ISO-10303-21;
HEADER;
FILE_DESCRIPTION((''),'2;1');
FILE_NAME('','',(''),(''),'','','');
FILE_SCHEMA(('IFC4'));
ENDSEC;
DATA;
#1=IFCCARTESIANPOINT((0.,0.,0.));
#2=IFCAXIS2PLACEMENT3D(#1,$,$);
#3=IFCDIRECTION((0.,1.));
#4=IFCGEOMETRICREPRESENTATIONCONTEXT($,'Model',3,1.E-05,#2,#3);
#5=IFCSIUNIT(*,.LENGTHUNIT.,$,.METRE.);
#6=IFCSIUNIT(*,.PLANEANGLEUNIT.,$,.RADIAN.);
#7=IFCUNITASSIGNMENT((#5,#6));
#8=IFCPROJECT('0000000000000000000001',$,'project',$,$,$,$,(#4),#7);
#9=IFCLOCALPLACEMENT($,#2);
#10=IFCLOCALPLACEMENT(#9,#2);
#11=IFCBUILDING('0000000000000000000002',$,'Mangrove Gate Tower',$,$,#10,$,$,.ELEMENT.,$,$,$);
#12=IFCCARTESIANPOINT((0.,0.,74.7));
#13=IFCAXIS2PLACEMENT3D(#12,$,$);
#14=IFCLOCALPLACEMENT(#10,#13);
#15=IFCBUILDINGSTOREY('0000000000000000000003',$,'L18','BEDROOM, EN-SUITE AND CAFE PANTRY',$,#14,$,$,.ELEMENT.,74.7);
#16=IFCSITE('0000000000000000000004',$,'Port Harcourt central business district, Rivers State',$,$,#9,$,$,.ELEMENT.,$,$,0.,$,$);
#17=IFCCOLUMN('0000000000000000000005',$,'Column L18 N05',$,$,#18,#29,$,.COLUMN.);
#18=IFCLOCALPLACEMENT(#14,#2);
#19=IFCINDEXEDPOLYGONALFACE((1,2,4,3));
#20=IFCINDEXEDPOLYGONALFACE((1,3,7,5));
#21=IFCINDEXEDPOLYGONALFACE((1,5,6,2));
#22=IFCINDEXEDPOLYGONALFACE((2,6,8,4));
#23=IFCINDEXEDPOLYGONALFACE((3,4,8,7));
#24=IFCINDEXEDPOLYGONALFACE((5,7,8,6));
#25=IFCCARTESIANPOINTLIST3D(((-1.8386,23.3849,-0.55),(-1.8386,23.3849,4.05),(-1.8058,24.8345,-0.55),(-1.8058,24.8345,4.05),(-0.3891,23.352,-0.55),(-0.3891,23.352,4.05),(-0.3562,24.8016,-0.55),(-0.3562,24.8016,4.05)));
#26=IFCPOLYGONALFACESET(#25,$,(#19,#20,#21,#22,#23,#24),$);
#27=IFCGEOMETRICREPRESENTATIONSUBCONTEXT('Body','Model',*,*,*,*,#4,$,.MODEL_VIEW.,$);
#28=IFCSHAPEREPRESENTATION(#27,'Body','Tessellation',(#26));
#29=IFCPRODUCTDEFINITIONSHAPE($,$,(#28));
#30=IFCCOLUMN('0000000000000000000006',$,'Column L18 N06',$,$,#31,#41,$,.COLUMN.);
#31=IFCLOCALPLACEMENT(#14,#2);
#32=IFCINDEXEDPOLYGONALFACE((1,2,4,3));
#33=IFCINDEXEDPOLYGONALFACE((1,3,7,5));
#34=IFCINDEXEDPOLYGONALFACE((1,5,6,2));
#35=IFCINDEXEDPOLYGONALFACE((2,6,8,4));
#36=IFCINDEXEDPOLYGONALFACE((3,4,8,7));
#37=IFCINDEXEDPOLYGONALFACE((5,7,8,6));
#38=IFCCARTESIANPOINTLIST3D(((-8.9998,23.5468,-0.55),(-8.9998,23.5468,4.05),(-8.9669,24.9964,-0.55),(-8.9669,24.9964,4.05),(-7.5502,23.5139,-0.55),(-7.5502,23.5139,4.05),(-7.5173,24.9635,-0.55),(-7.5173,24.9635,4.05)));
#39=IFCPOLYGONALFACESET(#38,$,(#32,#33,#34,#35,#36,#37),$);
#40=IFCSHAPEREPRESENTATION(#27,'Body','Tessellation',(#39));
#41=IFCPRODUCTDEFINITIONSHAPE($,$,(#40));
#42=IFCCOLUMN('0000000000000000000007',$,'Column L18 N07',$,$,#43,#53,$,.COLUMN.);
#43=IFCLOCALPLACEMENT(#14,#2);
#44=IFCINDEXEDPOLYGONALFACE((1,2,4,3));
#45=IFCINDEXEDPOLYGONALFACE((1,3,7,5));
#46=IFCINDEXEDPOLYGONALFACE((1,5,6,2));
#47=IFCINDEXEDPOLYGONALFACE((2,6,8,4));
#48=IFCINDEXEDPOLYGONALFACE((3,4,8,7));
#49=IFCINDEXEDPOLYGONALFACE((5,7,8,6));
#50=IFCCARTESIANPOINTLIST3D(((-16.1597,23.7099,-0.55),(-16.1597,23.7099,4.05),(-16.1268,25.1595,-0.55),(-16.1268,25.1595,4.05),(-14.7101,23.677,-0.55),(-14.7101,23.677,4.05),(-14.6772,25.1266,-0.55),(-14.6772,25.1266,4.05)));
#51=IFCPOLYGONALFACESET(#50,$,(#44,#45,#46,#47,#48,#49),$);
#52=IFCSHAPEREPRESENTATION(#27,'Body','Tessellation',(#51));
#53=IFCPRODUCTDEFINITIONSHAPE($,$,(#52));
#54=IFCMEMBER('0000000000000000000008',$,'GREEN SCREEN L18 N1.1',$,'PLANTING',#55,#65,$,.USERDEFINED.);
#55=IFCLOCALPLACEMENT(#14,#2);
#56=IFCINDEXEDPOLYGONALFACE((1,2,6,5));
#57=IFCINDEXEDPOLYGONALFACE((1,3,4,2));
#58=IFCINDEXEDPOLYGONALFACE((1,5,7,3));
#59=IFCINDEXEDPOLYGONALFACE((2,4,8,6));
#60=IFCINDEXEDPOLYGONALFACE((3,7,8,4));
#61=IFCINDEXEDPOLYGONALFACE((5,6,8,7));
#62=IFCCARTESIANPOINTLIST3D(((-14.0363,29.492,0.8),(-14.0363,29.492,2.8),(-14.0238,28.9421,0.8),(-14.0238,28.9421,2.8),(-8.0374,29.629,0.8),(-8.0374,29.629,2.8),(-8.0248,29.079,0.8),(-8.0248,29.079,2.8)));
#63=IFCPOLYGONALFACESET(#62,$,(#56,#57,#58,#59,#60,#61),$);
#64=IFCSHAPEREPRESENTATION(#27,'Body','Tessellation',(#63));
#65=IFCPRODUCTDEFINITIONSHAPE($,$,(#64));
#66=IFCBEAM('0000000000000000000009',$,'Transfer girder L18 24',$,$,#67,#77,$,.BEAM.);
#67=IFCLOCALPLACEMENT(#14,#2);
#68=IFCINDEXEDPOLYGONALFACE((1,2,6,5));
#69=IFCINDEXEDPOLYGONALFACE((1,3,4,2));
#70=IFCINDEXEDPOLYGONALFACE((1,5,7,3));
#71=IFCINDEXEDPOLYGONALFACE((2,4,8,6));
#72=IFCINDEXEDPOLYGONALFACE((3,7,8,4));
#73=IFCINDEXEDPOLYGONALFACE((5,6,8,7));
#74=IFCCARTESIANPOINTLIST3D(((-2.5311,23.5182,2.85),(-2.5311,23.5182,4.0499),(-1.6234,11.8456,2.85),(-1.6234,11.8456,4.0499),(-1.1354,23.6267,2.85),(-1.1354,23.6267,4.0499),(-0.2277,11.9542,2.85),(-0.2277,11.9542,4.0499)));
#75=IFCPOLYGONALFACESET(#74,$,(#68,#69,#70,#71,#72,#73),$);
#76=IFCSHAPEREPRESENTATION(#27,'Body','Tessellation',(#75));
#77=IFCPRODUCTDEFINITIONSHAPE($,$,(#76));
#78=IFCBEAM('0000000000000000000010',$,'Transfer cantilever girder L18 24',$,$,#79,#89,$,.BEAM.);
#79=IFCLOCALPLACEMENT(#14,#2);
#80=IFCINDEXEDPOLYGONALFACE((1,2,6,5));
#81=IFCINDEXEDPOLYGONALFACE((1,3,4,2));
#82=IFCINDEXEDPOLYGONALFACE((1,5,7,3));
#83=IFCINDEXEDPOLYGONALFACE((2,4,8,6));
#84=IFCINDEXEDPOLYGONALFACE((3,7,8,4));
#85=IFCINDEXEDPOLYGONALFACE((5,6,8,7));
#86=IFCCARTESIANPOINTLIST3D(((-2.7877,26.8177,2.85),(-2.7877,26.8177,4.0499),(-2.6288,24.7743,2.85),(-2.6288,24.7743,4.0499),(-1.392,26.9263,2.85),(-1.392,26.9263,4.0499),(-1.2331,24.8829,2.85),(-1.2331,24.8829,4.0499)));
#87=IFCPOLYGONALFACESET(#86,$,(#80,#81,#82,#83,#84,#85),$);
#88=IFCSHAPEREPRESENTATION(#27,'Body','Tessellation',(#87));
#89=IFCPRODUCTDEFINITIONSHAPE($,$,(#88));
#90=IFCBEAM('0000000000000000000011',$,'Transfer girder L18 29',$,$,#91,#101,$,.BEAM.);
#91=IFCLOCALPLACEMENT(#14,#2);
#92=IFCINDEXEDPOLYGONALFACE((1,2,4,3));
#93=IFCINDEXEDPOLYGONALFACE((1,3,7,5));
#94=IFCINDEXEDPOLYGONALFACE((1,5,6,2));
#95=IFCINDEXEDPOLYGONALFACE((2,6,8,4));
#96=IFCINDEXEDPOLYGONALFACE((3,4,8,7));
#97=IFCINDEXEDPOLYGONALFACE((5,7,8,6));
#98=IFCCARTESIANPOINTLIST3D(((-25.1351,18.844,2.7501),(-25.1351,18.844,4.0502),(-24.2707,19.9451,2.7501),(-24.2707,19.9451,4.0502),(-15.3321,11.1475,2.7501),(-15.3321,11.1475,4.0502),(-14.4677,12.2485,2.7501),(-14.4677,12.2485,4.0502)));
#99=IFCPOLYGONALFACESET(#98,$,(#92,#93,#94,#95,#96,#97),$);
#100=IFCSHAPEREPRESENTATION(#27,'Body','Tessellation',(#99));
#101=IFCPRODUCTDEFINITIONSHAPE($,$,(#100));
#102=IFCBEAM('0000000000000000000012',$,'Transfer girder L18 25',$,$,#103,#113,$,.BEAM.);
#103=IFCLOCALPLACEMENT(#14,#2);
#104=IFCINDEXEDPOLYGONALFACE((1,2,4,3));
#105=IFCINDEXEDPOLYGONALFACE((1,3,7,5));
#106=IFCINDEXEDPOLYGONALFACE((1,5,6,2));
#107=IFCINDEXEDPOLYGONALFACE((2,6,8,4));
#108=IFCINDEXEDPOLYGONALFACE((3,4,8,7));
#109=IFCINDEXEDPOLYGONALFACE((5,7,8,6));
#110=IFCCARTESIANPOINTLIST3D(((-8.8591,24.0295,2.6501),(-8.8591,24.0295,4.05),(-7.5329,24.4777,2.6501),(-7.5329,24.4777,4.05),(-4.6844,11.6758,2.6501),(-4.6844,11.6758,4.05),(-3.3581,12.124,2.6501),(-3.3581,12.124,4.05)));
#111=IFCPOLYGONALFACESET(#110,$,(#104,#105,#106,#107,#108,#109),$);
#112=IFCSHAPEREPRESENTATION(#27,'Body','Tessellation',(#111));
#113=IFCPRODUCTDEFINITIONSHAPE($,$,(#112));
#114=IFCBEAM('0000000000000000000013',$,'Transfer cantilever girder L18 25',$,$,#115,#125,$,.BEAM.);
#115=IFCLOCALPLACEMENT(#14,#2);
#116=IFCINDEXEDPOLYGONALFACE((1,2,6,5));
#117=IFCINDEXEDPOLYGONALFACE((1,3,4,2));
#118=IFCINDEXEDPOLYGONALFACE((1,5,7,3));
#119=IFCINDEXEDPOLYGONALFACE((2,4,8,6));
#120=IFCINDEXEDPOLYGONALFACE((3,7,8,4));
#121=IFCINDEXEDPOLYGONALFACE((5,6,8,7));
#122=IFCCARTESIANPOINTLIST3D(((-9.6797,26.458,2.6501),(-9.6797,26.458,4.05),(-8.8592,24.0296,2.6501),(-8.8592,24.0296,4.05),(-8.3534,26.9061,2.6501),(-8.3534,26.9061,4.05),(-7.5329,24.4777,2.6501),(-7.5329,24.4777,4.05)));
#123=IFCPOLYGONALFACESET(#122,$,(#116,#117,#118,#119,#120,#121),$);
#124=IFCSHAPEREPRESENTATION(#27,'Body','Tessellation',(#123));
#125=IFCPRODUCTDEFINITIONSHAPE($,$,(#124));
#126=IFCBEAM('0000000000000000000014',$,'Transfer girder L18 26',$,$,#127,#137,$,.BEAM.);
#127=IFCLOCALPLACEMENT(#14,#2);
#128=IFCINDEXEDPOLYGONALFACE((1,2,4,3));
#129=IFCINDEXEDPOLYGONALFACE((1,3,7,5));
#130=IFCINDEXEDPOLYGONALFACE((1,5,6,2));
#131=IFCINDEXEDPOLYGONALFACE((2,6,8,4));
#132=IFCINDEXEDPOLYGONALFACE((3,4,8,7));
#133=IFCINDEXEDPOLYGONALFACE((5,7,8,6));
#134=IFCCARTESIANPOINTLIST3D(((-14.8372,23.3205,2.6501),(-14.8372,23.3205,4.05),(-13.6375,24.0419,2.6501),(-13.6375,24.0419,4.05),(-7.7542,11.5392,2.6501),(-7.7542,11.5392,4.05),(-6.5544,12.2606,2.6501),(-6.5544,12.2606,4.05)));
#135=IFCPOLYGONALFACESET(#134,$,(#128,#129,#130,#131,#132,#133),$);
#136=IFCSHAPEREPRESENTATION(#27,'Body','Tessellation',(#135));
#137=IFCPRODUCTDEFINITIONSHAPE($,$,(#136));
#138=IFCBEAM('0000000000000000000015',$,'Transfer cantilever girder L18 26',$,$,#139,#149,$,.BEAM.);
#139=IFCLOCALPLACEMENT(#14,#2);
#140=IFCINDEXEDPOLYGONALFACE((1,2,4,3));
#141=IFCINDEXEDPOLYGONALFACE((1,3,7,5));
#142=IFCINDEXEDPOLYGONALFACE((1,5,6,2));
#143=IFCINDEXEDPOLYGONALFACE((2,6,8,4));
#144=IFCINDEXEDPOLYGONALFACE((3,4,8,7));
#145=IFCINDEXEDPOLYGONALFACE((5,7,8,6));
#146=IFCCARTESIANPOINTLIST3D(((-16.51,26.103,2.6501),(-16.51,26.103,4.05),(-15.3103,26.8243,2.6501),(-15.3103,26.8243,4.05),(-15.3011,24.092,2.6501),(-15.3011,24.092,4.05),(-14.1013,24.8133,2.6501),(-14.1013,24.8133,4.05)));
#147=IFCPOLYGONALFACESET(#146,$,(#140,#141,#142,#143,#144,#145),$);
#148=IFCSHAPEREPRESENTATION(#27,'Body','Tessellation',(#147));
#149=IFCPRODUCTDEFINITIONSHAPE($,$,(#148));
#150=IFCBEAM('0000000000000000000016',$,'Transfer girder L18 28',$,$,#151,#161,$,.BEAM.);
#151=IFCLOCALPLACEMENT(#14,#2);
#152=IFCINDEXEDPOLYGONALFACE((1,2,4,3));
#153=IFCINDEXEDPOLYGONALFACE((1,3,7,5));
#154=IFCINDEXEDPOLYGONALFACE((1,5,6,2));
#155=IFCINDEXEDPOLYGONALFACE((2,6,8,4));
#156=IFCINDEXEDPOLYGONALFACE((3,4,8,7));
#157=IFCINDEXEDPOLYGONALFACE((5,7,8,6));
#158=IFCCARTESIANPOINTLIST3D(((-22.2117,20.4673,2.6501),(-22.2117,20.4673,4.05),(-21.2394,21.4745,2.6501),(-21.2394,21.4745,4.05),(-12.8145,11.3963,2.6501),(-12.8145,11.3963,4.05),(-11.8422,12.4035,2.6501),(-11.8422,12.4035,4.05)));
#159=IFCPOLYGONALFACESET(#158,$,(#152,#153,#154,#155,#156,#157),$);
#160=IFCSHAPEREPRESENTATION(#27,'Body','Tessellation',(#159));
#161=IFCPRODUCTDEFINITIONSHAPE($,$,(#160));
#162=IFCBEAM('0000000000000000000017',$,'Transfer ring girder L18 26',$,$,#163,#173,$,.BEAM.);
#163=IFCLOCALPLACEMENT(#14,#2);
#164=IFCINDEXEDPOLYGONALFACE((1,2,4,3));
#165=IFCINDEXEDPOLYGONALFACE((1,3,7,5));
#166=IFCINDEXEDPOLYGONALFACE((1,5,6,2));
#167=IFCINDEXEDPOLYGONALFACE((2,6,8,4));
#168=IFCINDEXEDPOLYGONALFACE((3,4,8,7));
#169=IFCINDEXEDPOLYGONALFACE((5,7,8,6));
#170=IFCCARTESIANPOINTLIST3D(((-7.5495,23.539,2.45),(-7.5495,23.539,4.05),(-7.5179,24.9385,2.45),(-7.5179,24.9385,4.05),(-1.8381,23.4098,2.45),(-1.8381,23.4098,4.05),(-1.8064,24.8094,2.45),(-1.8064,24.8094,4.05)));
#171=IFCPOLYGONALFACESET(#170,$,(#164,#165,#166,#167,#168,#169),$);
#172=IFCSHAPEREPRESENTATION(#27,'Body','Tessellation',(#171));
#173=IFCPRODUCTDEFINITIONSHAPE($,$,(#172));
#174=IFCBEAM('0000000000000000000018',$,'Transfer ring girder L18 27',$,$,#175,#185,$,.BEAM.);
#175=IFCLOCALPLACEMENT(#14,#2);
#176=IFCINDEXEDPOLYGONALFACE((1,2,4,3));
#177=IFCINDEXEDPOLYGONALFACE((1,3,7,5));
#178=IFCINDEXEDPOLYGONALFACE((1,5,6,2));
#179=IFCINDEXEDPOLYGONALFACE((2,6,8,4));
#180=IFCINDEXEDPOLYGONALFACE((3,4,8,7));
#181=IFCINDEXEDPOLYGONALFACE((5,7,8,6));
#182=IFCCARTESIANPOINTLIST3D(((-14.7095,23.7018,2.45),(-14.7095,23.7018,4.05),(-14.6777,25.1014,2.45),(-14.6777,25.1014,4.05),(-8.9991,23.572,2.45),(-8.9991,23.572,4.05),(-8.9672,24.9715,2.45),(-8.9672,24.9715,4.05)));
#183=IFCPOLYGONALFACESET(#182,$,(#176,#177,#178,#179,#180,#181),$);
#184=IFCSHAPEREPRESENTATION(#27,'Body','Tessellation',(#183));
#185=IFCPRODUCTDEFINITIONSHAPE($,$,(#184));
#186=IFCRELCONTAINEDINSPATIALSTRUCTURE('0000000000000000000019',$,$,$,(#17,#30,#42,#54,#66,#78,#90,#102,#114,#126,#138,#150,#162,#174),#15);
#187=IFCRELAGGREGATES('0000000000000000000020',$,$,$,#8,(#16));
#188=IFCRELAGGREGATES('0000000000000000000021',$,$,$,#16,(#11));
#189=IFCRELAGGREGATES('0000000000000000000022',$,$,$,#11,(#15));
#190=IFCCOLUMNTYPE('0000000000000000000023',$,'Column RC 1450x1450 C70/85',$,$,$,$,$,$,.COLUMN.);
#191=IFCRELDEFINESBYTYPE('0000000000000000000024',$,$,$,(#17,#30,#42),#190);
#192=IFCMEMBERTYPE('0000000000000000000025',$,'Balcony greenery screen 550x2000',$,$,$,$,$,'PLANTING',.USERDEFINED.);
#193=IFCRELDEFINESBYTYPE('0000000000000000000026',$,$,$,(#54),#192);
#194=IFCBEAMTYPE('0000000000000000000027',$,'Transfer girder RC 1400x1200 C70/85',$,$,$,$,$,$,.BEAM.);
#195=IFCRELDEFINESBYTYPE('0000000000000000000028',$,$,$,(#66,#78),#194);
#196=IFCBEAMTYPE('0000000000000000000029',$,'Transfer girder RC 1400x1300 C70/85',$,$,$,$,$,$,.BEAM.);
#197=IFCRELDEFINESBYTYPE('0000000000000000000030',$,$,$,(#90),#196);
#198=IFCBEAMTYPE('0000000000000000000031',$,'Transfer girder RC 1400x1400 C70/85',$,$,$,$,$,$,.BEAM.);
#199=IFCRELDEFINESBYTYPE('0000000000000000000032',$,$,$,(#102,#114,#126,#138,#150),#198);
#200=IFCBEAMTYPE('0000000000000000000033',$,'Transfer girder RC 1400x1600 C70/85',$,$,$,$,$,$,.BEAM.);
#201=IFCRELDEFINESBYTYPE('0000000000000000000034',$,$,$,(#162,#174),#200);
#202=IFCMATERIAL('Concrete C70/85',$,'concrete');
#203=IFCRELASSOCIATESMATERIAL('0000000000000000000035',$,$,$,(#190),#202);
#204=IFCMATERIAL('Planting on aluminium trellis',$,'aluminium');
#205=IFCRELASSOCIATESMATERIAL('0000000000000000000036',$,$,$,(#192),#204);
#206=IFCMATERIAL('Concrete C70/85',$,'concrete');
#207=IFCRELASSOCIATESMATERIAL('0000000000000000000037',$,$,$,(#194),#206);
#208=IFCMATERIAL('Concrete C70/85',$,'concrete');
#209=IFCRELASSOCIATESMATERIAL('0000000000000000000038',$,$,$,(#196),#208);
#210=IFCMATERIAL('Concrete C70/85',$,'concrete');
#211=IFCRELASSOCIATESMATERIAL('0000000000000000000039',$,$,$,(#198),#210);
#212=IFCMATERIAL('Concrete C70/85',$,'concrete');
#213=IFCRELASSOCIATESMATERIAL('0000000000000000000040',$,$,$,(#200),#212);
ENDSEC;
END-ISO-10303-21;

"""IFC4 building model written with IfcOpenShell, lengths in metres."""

from ifc_helpers import new_model, si_unit, direction, frame, origin, origin_2d, place, context, subcontext, project, spatial, rectangle, extrude, material, material_profile, profile_set, type_object, element, save


model = new_model("IFC4")

# Units and contexts
model_context = context("Model", 3, precision=1e-05, world=origin(), true_north=direction((0.0, 1.0)))
body_context = subcontext(model_context, "Body", "Model", "MODEL_VIEW")
ifc_project = project(units=[si_unit("LENGTHUNIT", "METRE"), si_unit("PLANEANGLEUNIT", "RADIAN")], contexts=[model_context])

# Site, building, storey
site_placement = place(None, origin())
site = spatial("IfcSite", under=ifc_project, at=site_placement, Name="Port Harcourt central business district, Rivers State", CompositionType="ELEMENT", RefElevation=0.0)
building_placement = place(site_placement, origin())
building = spatial("IfcBuilding", under=site, at=building_placement, Name="Mangrove Gate Tower", CompositionType="ELEMENT")
storey_placement = place(building_placement, frame((0.0, 0.0, 74.7)))
storey = spatial("IfcBuildingStorey", under=building, at=storey_placement, Name="L18", Description="BEDROOM, EN-SUITE AND CAFE PANTRY", CompositionType="ELEMENT", Elevation=74.7)

# Columns
ifc_material_1 = material(Name="Concrete C70/85", Category="concrete")
ifc_material_profile_1 = material_profile(ifc_material_1, rectangle(XDim=1.45, YDim=1.45, at=origin_2d()))
ifc_profile_set_1 = profile_set([ifc_material_profile_1], Name="Concrete C70/85")
column_type = type_object("IfcColumnType", Name="Column RC 1450x1450 C70/85", PredefinedType="COLUMN", material=ifc_profile_set_1)
for number, where, z_axis, x_axis, name in (
    (1, (-1.0974, 24.0933, -0.55), (0.0, 0.0, 1.0), (-0.999743, 0.022688, 0.0), "Column L18 N05"),
    (2, (-8.2585, 24.2551, -0.55), (0.0, 0.0, 1.0), (-0.999743, 0.022688, 0.0), "Column L18 N06"),
    (3, (-15.4185, 24.4182, -0.55), (0.0, 0.0, 1.0), (-0.999743, 0.022688, 0.0), "Column L18 N07"),
):
    element("IfcColumn", number, at=place(storey_placement, frame(where, z_axis=z_axis, x_axis=x_axis)), inside=storey, type_object=column_type, Name=name, PredefinedType="COLUMN", context=body_context, shape_type="SweptSolid", body=[
        extrude(rectangle(XDim=1.45, YDim=1.45, at=origin_2d()), origin(), (0.0, 0.0, 1.0), 4.6001),
    ])

# Member
ifc_material_2 = material(Name="Planting on aluminium trellis", Category="aluminium")
ifc_material_profile_2 = material_profile(ifc_material_2, rectangle(XDim=0.55, YDim=2.0, at=origin_2d()))
ifc_profile_set_2 = profile_set([ifc_material_profile_2], Name="Planting on aluminium trellis")
member_type = type_object("IfcMemberType", Name="Balcony greenery screen 550x2000", ElementType="PLANTING", PredefinedType="USERDEFINED", material=ifc_profile_set_2)
member_placement = place(storey_placement, frame((-14.03, 29.217, 1.8), z_axis=(0.999739, 0.022825, 0.0), x_axis=(-0.022825, 0.999739, 0.0)))
element("IfcMember", 4, at=member_placement, inside=storey, type_object=member_type, Name="GREEN SCREEN L18 N1.1", ObjectType="PLANTING", PredefinedType="USERDEFINED", context=body_context, shape_type="SweptSolid", body=[
    extrude(rectangle(XDim=0.55, YDim=2.0, at=origin_2d()), origin(), (0.0, 0.0, 1.0), 6.0005),
])

# Beams
ifc_material_3 = material(Name="Concrete C70/85", Category="concrete")
ifc_material_profile_3 = material_profile(ifc_material_3, rectangle(XDim=1.3999, YDim=1.2, at=origin_2d()))
ifc_profile_set_3 = profile_set([ifc_material_profile_3], Name="Concrete C70/85")
beam_type_1 = type_object("IfcBeamType", Name="Transfer girder RC 1400x1200 C70/85", PredefinedType="BEAM", material=ifc_profile_set_3)
beam_1_placement = place(storey_placement, frame((-0.9255, 11.8999, 3.45), z_axis=(-0.07753, 0.99699, 0.0), x_axis=(-0.99699, -0.07753, 0.0)))
element("IfcBeam", 5, at=beam_1_placement, inside=storey, type_object=beam_type_1, Name="Transfer girder L18 24", PredefinedType="BEAM", context=body_context, shape_type="SweptSolid", body=[
    extrude(rectangle(XDim=1.3999, YDim=1.2, at=origin_2d()), origin(), (0.0, 0.0, 1.0), 11.7078),
])
beam_2_placement = place(storey_placement, frame((-1.9309, 24.8286, 3.45), z_axis=(-0.077544, 0.996989, 0.0), x_axis=(-0.996989, -0.077544, 0.0)))
element("IfcBeam", 6, at=beam_2_placement, inside=storey, type_object=beam_type_1, Name="Transfer cantilever girder L18 24", PredefinedType="BEAM", context=body_context, shape_type="SweptSolid", body=[
    extrude(rectangle(XDim=1.3999, YDim=1.2, at=origin_2d()), origin(), (0.0, 0.0, 1.0), 2.0496),
])
ifc_material_4 = material(Name="Concrete C70/85", Category="concrete")
ifc_material_profile_4 = material_profile(ifc_material_4, rectangle(XDim=1.3999, YDim=1.3, at=origin_2d()))
ifc_profile_set_4 = profile_set([ifc_material_profile_4], Name="Concrete C70/85")
beam_type_2 = type_object("IfcBeamType", Name="Transfer girder RC 1400x1300 C70/85", PredefinedType="BEAM", material=ifc_profile_set_4)
beam_3_placement = place(storey_placement, frame((-14.8999, 11.698, 3.4001), z_axis=(-0.786545, 0.617533, 0.0), x_axis=(-0.617533, -0.786545, 0.0)))
element("IfcBeam", 7, at=beam_3_placement, inside=storey, type_object=beam_type_2, Name="Transfer girder L18 29", PredefinedType="BEAM", context=body_context, shape_type="SweptSolid", body=[
    extrude(rectangle(XDim=1.3999, YDim=1.3, at=origin_2d()), origin(), (0.0, 0.0, 1.0), 12.4634),
])
ifc_material_5 = material(Name="Concrete C70/85", Category="concrete")
ifc_material_profile_5 = material_profile(ifc_material_5, rectangle(XDim=1.3999, YDim=1.3999, at=origin_2d()))
ifc_profile_set_5 = profile_set([ifc_material_profile_5], Name="Concrete C70/85")
beam_type_3 = type_object("IfcBeamType", Name="Transfer girder RC 1400x1400 C70/85", PredefinedType="BEAM", material=ifc_profile_set_5)
beam_4_placement = place(storey_placement, frame((-4.0212, 11.8999, 3.3501), z_axis=(-0.320151, 0.947366, 0.0), x_axis=(-0.947366, -0.320151, 0.0)))
element("IfcBeam", 8, at=beam_4_placement, inside=storey, type_object=beam_type_3, Name="Transfer girder L18 25", PredefinedType="BEAM", context=body_context, shape_type="SweptSolid", body=[
    extrude(rectangle(XDim=1.3999, YDim=1.3999, at=origin_2d()), origin(), (0.0, 0.0, 1.0), 13.04),
])
beam_5_placement = place(storey_placement, frame((-8.196, 24.2537, 3.3501), z_axis=(-0.320111, 0.94738, 0.0), x_axis=(-0.94738, -0.320111, 0.0)))
element("IfcBeam", 9, at=beam_5_placement, inside=storey, type_object=beam_type_3, Name="Transfer cantilever girder L18 25", PredefinedType="BEAM", context=body_context, shape_type="SweptSolid", body=[
    extrude(rectangle(XDim=1.3999, YDim=1.3999, at=origin_2d()), origin(), (0.0, 0.0, 1.0), 2.5632),
])
beam_6_placement = place(storey_placement, frame((-7.1543, 11.8999, 3.3501), z_axis=(-0.515258, 0.857035, 0.0), x_axis=(-0.857035, -0.515258, 0.0)))
element("IfcBeam", 10, at=beam_6_placement, inside=storey, type_object=beam_type_3, Name="Transfer girder L18 26", PredefinedType="BEAM", context=body_context, shape_type="SweptSolid", body=[
    extrude(rectangle(XDim=1.3999, YDim=1.3999, at=origin_2d()), origin(), (0.0, 0.0, 1.0), 13.7466),
])
beam_7_placement = place(storey_placement, frame((-14.7012, 24.4526, 3.3501), z_axis=(-0.515245, 0.857043, 0.0), x_axis=(-0.857043, -0.515245, 0.0)))
element("IfcBeam", 11, at=beam_7_placement, inside=storey, type_object=beam_type_3, Name="Transfer cantilever girder L18 26", PredefinedType="BEAM", context=body_context, shape_type="SweptSolid", body=[
    extrude(rectangle(XDim=1.3999, YDim=1.3999, at=origin_2d()), origin(), (0.0, 0.0, 1.0), 2.3464),
])
beam_8_placement = place(storey_placement, frame((-12.3284, 11.8999, 3.3501), z_axis=(-0.719483, 0.69451, 0.0), x_axis=(-0.69451, -0.719483, 0.0)))
element("IfcBeam", 12, at=beam_8_placement, inside=storey, type_object=beam_type_3, Name="Transfer girder L18 28", PredefinedType="BEAM", context=body_context, shape_type="SweptSolid", body=[
    extrude(rectangle(XDim=1.3999, YDim=1.3999, at=origin_2d()), origin(), (0.0, 0.0, 1.0), 13.061),
])
ifc_material_6 = material(Name="Concrete C70/85", Category="concrete")
ifc_material_profile_6 = material_profile(ifc_material_6, rectangle(XDim=1.3999, YDim=1.6001, at=origin_2d()))
ifc_profile_set_6 = profile_set([ifc_material_profile_6], Name="Concrete C70/85")
beam_type_4 = type_object("IfcBeamType", Name="Transfer girder RC 1400x1600 C70/85", PredefinedType="BEAM", material=ifc_profile_set_6)
beam_9_placement = place(storey_placement, frame((-1.8223, 24.1096, 3.25), z_axis=(-0.999744, 0.022607, 0.0), x_axis=(-0.022607, -0.999744, 0.0)))
element("IfcBeam", 13, at=beam_9_placement, inside=storey, type_object=beam_type_4, Name="Transfer ring girder L18 26", PredefinedType="BEAM", context=body_context, shape_type="SweptSolid", body=[
    extrude(rectangle(XDim=1.3999, YDim=1.6001, at=origin_2d()), origin(), (0.0, 0.0, 1.0), 5.7129),
])
beam_10_placement = place(storey_placement, frame((-8.9832, 24.2717, 3.25), z_axis=(-0.999741, 0.022739, 0.0), x_axis=(-0.022739, -0.999741, 0.0)))
element("IfcBeam", 14, at=beam_10_placement, inside=storey, type_object=beam_type_4, Name="Transfer ring girder L18 27", PredefinedType="BEAM", context=body_context, shape_type="SweptSolid", body=[
    extrude(rectangle(XDim=1.3999, YDim=1.6001, at=origin_2d()), origin(), (0.0, 0.0, 1.0), 5.7119),
])

save(model, "model.ifc")
